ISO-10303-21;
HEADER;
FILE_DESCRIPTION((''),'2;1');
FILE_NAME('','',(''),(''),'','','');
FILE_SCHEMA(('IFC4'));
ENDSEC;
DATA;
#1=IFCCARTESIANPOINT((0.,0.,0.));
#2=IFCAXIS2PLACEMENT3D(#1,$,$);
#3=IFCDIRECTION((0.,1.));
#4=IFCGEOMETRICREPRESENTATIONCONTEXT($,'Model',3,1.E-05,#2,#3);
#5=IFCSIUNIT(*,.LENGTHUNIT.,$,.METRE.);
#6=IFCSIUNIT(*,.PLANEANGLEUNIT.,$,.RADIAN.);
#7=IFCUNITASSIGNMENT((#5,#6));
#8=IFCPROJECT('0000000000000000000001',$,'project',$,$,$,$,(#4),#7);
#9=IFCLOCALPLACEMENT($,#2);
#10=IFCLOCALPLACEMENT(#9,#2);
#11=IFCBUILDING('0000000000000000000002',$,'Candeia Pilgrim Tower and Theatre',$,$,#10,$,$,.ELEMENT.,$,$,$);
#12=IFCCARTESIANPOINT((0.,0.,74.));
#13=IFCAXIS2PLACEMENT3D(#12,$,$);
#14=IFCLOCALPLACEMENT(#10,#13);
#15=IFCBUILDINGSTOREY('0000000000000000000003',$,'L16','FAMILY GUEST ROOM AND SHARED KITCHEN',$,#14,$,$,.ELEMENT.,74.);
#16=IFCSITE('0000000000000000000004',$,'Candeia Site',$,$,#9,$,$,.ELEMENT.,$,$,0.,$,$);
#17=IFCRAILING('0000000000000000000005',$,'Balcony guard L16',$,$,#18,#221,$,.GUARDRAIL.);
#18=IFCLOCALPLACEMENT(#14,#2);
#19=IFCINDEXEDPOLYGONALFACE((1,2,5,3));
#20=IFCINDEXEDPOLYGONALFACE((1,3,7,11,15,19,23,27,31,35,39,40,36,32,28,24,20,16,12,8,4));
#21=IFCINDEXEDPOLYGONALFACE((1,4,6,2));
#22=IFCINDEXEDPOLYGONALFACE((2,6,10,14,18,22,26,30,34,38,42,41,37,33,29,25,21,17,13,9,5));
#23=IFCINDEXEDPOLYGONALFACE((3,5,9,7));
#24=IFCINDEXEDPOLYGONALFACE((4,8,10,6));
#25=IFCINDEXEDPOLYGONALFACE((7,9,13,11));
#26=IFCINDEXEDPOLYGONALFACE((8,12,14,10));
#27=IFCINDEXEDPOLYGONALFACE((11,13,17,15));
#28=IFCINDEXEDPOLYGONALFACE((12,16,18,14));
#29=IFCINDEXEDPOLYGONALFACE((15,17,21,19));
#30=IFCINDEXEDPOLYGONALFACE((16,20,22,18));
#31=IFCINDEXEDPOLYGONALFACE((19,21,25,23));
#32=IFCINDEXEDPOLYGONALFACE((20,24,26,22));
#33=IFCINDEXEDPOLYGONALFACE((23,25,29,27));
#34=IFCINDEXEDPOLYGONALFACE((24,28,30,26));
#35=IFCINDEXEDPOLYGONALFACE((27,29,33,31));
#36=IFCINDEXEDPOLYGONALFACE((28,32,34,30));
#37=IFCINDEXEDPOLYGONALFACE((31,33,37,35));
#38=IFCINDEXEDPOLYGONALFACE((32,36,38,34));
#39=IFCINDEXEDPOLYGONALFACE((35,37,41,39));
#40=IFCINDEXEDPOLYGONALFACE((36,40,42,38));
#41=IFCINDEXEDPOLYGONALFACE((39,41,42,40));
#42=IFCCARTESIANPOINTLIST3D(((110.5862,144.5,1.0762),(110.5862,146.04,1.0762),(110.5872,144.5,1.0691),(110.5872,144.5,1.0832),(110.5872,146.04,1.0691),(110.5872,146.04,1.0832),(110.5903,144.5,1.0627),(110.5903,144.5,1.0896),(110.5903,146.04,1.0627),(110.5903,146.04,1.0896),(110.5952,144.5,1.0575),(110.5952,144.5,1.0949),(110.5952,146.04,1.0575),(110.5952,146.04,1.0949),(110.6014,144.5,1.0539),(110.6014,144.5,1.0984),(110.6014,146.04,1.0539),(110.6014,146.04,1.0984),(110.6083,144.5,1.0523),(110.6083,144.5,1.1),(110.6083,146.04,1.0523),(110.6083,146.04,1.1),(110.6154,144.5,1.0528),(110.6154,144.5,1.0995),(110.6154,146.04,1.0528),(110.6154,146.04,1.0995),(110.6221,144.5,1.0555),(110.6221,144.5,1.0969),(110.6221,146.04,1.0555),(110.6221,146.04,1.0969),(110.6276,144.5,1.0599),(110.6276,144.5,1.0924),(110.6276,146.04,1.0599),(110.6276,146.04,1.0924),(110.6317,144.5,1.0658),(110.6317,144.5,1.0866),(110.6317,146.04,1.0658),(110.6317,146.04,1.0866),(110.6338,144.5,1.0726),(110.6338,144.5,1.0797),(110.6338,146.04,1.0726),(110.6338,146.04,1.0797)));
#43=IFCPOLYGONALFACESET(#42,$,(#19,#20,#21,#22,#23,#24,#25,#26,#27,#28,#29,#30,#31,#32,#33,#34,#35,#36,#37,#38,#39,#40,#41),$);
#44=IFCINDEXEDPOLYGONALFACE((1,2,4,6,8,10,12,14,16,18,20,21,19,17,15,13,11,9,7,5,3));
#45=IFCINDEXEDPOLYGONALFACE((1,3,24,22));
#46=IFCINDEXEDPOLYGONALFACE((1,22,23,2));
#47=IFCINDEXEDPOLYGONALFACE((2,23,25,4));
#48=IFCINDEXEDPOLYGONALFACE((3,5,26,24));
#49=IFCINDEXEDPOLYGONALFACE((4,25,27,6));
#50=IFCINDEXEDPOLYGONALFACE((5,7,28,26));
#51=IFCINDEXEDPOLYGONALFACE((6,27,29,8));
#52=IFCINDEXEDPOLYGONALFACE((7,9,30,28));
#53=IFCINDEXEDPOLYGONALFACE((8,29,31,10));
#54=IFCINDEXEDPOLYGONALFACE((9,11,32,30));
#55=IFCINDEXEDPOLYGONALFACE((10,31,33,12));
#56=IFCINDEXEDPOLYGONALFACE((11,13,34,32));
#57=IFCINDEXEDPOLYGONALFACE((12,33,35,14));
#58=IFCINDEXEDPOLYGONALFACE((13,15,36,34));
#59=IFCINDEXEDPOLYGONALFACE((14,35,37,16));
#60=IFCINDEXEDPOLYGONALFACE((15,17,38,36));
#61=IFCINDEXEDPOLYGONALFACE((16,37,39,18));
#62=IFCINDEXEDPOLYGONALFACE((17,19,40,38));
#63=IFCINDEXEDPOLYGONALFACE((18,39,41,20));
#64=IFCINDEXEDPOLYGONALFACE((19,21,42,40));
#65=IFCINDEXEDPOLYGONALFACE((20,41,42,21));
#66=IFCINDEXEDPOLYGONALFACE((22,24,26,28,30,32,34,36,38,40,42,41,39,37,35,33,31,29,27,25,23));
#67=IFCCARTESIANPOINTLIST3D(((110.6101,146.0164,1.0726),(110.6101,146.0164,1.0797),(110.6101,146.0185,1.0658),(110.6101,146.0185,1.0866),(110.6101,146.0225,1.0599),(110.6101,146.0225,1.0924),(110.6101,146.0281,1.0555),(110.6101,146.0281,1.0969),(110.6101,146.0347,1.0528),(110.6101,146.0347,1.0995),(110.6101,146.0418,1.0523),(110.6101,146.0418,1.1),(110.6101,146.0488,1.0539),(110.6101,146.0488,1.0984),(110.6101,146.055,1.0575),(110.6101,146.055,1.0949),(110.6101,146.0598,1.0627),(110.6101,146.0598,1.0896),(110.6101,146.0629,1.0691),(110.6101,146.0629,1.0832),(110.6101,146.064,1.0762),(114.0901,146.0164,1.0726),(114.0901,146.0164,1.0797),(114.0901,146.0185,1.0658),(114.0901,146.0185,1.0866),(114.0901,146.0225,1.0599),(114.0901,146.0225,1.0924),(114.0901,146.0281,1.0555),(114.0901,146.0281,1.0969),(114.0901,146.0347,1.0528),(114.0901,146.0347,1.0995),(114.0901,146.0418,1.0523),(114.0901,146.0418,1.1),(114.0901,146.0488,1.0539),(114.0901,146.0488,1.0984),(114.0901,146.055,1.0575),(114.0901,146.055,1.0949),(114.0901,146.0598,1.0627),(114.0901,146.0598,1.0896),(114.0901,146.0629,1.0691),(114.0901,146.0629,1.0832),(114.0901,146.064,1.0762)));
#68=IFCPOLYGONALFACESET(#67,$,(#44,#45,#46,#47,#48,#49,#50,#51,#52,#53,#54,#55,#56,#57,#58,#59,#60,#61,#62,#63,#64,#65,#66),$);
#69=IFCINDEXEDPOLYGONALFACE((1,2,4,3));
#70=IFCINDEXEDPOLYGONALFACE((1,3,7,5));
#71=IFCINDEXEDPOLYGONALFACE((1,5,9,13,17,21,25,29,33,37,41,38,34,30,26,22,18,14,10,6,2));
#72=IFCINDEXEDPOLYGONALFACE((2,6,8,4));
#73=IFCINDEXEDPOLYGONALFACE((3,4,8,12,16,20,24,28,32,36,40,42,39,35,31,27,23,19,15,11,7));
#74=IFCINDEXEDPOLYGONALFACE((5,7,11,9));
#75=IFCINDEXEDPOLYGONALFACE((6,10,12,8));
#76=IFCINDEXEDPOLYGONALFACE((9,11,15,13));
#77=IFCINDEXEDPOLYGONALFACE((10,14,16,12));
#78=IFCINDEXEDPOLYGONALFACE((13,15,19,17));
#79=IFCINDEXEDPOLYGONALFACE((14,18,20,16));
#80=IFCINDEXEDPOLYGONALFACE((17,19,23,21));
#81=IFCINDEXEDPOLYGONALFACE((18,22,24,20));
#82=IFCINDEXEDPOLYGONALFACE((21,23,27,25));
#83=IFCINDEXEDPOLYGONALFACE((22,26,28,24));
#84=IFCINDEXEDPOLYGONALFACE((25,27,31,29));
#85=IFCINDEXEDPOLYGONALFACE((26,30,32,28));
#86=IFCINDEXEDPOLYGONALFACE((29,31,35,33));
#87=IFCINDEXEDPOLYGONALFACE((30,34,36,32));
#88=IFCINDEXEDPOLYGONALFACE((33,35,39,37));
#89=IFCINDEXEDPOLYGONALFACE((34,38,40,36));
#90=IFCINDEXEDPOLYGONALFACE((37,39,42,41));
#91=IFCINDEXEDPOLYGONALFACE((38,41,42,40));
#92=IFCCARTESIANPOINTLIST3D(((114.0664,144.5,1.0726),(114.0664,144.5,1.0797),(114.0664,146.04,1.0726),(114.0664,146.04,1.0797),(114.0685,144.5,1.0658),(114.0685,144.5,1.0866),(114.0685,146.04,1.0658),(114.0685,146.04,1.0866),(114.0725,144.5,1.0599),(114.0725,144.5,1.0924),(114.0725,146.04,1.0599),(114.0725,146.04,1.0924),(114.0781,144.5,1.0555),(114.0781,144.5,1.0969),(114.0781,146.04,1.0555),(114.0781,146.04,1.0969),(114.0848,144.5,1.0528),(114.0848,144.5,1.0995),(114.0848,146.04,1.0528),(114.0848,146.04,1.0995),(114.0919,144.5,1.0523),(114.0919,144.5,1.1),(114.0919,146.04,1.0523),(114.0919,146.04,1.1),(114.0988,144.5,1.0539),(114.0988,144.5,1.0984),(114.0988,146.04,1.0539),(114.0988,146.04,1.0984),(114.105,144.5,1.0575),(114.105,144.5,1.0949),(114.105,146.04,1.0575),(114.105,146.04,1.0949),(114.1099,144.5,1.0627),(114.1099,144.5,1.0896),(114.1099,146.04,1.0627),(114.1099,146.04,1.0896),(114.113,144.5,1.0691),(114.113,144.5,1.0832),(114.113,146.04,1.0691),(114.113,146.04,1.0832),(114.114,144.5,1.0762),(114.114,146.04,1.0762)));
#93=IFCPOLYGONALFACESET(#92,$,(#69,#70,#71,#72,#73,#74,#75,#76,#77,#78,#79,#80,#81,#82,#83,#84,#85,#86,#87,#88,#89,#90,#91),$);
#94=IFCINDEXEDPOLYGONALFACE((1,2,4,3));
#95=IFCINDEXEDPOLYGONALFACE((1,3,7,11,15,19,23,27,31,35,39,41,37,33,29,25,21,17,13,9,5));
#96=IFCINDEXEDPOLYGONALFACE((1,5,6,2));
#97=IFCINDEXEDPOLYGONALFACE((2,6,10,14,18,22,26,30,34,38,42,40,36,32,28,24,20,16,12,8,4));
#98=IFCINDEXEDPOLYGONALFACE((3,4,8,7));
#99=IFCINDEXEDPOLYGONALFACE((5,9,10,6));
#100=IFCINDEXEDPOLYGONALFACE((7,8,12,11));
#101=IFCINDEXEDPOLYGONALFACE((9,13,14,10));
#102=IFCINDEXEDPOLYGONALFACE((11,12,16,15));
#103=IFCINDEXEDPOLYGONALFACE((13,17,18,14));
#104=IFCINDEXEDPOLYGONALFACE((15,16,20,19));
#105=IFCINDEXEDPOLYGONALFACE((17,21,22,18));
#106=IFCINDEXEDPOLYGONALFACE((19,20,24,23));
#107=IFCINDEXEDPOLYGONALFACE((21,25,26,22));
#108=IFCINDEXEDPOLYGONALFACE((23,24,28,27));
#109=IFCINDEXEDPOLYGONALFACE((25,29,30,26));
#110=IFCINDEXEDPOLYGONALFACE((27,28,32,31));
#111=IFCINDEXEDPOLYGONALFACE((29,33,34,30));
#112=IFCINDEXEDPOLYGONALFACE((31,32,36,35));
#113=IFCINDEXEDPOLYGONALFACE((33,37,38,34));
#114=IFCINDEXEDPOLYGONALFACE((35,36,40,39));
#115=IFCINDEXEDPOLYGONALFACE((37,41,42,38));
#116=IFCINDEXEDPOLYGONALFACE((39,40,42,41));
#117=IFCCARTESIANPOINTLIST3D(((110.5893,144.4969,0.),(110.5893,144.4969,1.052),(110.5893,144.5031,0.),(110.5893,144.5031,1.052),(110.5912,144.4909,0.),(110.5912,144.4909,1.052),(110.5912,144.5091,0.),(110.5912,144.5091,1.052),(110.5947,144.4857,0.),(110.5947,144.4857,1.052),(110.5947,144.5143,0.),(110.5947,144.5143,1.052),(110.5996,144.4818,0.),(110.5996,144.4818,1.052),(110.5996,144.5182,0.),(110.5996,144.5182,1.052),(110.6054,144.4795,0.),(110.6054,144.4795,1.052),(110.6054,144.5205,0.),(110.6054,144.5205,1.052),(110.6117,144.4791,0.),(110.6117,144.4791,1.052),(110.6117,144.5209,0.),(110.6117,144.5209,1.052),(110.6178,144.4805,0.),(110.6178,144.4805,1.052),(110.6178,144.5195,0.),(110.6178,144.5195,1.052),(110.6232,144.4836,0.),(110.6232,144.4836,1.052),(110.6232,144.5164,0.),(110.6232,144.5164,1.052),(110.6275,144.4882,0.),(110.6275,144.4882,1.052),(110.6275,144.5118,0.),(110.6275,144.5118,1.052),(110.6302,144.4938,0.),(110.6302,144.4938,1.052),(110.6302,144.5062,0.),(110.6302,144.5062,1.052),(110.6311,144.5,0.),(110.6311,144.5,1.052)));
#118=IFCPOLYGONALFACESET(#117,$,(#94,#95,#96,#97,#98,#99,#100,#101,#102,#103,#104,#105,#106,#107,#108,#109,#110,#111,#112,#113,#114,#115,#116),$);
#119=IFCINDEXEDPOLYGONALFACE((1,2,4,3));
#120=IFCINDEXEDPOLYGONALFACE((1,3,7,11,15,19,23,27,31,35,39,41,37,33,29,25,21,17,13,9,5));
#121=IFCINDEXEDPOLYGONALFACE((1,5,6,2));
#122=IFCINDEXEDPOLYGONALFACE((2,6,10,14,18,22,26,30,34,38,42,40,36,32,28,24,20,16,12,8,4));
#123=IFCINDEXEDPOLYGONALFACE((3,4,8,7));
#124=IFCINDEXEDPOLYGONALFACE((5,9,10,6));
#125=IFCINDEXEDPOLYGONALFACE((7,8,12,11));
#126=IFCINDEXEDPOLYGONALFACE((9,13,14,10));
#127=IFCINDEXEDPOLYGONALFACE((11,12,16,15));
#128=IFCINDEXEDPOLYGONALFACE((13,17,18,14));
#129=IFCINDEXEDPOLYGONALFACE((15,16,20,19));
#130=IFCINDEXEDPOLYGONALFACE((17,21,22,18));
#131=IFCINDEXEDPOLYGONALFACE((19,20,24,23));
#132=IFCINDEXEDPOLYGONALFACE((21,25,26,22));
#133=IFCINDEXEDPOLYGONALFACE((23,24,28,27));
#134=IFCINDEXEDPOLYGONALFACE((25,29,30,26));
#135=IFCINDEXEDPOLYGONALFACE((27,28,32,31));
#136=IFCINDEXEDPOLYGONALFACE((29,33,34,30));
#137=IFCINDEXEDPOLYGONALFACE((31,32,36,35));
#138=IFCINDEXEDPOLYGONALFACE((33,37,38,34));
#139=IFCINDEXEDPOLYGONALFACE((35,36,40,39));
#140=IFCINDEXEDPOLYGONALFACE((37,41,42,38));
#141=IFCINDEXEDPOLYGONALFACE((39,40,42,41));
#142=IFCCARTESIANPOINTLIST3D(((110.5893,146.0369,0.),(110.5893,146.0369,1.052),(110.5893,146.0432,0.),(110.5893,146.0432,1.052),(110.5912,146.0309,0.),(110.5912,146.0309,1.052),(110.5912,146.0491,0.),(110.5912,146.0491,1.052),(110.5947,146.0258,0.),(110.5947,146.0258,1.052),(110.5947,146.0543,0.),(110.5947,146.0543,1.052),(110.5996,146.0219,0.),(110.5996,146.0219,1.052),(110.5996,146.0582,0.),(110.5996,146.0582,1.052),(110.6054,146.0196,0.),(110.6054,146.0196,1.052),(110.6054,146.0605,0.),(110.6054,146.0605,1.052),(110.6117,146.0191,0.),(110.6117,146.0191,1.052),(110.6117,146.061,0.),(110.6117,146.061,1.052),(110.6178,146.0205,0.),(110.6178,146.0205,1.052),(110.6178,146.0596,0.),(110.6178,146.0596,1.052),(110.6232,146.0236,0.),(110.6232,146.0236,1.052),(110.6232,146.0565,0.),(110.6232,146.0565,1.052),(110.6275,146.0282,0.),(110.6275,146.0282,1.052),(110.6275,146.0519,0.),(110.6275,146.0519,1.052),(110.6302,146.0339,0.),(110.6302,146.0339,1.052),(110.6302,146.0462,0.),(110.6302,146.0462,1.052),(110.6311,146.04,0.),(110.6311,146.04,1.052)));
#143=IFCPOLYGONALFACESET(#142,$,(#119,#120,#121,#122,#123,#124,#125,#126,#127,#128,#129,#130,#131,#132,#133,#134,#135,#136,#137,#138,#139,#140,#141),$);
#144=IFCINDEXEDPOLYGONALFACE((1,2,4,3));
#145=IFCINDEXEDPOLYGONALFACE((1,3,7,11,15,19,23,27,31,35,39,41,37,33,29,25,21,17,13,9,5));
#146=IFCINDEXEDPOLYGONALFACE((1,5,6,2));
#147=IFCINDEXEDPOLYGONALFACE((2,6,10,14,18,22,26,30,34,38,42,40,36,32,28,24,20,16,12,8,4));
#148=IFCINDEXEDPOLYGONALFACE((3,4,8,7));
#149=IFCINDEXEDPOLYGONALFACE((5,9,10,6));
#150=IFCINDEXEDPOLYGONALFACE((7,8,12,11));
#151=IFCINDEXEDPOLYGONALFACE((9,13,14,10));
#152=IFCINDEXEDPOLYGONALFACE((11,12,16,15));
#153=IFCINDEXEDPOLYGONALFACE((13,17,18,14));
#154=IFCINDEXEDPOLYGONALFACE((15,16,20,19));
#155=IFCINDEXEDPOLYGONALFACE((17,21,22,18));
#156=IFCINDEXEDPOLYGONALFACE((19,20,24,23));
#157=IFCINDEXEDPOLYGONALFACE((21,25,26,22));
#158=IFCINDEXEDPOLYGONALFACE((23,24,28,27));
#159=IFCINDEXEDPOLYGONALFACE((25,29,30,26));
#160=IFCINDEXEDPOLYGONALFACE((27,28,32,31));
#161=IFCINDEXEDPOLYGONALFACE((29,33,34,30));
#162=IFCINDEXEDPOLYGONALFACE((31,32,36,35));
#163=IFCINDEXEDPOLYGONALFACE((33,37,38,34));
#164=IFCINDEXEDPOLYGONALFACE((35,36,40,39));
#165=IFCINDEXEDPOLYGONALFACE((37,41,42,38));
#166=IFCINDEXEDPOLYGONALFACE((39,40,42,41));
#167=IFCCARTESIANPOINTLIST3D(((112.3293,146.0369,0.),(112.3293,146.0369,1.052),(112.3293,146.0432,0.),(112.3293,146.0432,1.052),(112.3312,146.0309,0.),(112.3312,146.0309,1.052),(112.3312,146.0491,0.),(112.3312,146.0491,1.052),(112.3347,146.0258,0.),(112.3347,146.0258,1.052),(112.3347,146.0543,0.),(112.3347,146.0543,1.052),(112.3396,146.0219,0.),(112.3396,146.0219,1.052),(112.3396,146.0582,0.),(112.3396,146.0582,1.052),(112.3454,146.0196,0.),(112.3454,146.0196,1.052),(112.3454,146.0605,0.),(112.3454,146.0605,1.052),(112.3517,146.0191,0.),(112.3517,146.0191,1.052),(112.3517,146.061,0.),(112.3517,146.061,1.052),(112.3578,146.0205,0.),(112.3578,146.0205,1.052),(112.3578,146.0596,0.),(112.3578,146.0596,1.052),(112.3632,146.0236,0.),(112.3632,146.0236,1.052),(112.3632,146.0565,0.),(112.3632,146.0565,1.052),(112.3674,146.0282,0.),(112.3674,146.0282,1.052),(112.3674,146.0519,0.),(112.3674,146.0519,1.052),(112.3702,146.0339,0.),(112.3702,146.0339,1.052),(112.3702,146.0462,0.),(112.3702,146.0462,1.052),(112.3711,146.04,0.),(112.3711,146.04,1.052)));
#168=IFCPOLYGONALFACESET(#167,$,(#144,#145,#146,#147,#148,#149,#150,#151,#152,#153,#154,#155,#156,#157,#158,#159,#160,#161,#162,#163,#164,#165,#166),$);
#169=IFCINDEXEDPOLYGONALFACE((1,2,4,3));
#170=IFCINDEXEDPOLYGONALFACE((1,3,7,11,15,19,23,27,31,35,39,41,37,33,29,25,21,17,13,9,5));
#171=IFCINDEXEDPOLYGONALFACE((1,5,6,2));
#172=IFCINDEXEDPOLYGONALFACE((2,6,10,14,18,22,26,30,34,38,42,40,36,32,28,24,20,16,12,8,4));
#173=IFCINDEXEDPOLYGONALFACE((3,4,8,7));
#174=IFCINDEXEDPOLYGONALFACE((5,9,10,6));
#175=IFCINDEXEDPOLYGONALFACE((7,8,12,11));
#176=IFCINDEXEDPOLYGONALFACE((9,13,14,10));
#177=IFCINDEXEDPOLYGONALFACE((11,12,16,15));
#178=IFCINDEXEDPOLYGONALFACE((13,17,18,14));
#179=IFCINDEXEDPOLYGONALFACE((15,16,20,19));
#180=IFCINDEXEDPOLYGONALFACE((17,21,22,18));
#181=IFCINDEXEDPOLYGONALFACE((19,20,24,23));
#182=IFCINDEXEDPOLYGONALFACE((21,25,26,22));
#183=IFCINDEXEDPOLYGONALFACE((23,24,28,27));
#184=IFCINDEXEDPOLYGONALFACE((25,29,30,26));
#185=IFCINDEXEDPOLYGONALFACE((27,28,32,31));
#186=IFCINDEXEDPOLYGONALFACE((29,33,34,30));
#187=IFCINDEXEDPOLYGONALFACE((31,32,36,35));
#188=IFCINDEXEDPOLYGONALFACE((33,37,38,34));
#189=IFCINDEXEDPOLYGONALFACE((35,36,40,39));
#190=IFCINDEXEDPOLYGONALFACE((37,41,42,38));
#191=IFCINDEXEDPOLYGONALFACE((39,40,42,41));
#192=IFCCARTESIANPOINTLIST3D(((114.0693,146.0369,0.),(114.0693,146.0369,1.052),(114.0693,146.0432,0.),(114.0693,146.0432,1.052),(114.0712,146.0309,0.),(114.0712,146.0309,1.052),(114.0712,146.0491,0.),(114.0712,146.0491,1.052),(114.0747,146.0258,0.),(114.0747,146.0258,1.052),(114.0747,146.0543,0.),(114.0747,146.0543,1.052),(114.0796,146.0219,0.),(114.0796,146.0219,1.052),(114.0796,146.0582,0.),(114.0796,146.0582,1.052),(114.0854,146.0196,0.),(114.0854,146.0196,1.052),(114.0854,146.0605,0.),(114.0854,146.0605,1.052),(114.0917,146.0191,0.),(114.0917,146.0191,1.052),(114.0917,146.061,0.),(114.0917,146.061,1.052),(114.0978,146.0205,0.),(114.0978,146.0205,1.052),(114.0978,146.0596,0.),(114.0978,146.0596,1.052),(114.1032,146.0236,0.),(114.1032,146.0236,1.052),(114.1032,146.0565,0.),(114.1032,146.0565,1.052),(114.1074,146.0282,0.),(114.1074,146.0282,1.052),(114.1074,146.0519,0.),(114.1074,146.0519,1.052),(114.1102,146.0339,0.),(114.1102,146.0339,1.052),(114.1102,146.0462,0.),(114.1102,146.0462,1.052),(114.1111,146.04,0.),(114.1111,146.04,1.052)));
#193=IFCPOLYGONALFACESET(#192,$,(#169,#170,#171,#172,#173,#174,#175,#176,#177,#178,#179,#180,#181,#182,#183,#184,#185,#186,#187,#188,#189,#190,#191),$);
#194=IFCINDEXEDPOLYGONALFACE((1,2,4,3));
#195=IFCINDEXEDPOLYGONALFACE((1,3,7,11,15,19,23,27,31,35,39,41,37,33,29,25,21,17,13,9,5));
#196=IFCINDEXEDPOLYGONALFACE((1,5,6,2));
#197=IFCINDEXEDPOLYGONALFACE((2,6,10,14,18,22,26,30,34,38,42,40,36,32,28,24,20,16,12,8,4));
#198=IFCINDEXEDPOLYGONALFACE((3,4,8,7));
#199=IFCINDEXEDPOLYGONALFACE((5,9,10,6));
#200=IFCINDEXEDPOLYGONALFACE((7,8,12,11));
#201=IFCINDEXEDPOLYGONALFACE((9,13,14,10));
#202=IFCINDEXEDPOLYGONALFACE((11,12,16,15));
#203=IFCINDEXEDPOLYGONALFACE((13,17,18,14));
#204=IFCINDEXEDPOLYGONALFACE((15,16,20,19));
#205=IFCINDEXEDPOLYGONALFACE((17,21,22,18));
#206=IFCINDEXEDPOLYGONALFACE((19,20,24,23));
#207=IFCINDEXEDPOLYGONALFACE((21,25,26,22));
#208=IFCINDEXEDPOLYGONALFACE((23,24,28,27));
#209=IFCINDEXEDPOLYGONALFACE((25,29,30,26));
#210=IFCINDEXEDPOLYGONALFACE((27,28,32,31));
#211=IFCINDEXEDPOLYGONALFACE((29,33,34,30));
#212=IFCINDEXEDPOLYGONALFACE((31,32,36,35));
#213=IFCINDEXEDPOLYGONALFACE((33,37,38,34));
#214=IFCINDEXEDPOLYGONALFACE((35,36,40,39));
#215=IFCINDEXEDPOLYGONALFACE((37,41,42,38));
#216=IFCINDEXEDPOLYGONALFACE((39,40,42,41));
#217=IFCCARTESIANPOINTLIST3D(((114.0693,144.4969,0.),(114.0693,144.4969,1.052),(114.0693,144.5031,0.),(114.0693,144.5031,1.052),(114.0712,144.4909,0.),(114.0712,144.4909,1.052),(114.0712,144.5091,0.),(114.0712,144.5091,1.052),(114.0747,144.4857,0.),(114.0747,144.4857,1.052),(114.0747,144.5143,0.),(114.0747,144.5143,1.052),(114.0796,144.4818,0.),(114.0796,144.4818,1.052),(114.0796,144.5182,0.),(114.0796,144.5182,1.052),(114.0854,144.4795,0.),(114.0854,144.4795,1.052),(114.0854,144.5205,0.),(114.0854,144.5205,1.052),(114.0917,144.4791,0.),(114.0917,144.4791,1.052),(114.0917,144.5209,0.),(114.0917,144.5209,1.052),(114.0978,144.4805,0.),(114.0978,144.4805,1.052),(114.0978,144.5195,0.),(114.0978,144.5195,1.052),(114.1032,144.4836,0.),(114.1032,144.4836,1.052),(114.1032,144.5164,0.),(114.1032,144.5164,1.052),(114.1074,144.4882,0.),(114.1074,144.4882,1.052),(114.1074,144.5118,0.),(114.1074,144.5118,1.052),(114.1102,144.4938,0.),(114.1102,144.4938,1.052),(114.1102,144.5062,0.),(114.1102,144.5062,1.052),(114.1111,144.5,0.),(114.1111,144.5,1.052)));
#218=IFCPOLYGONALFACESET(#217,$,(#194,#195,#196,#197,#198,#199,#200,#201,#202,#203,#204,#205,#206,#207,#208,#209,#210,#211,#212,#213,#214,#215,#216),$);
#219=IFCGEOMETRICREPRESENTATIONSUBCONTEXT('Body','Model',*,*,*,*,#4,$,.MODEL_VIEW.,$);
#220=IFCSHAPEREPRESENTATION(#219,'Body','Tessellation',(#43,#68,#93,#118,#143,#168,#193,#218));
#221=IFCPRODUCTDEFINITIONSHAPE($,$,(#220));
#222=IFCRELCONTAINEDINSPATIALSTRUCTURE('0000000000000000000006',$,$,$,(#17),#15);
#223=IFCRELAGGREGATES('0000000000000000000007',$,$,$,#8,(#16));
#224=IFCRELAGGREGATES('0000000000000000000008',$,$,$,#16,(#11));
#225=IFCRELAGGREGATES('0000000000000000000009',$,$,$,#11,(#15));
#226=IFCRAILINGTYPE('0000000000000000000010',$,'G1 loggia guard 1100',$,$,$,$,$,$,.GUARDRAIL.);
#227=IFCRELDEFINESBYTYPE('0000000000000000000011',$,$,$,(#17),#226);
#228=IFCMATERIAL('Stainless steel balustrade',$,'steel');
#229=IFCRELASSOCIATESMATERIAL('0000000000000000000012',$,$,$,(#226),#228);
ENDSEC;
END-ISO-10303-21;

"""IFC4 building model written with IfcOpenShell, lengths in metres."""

from ifc_helpers import new_model, si_unit, direction, frame, origin, origin_2d, place, context, subcontext, project, spatial, circle, extrude, material, type_object, element, save


model = new_model("IFC4")

# Units and contexts
model_context = context("Model", 3, precision=1e-05, world=origin(), true_north=direction((0.0, 1.0)))
body_context = subcontext(model_context, "Body", "Model", "MODEL_VIEW")
ifc_project = project(units=[si_unit("LENGTHUNIT", "METRE"), si_unit("PLANEANGLEUNIT", "RADIAN")], contexts=[model_context])

# Site, building, storey
site_placement = place(None, origin())
site = spatial("IfcSite", under=ifc_project, at=site_placement, Name="Candeia Site", CompositionType="ELEMENT", RefElevation=0.0)
building_placement = place(site_placement, origin())
building = spatial("IfcBuilding", under=site, at=building_placement, Name="Candeia Pilgrim Tower and Theatre", CompositionType="ELEMENT")
storey_placement = place(building_placement, frame((0.0, 0.0, 74.0)))
storey = spatial("IfcBuildingStorey", under=building, at=storey_placement, Name="L16", Description="FAMILY GUEST ROOM AND SHARED KITCHEN", CompositionType="ELEMENT", Elevation=74.0)

# Railing
ifc_material_1 = material(Name="Stainless steel balustrade", Category="steel")
railing_type = type_object("IfcRailingType", Name="G1 loggia guard 1100", PredefinedType="GUARDRAIL", material=ifc_material_1)
railing_placement = place(storey_placement, frame((110.6101, 144.5, 0.0)))
element("IfcRailing", 1, at=railing_placement, inside=storey, type_object=railing_type, Name="Balcony guard L16", PredefinedType="GUARDRAIL", context=body_context, shape_type="SweptSolid", body=[
    extrude(circle(Radius=0.0239, at=origin_2d()), frame((0.0, 0.0, 1.0762), z_axis=(0.0, 1.0, 0.0), x_axis=(-1.0, 0.0, 0.0)), (0.0, 0.0, 1.0), 1.54),
    extrude(circle(Radius=0.0239, at=origin_2d()), frame((0.0, 1.54, 1.0762), z_axis=(1.0, 0.0, 0.0), x_axis=(0.0, 1.0, 0.0)), (0.0, 0.0, 1.0), 3.48),
    extrude(circle(Radius=0.0239, at=origin_2d()), frame((3.48, 1.54, 1.0762), z_axis=(0.0, -1.0, 0.0), x_axis=(1.0, 0.0, 0.0)), (0.0, 0.0, 1.0), 1.54),
    extrude(circle(Radius=0.021, at=origin_2d()), origin(), (0.0, 0.0, 1.0), 1.052),
    extrude(circle(Radius=0.021, at=origin_2d()), frame((0.0, 1.54, 0.0)), (0.0, 0.0, 1.0), 1.052),
    extrude(circle(Radius=0.021, at=origin_2d()), frame((1.74, 1.54, 0.0)), (0.0, 0.0, 1.0), 1.052),
    extrude(circle(Radius=0.021, at=origin_2d()), frame((3.48, 1.54, 0.0)), (0.0, 0.0, 1.0), 1.052),
    extrude(circle(Radius=0.021, at=origin_2d()), frame((3.48, 0.0, 0.0)), (0.0, 0.0, 1.0), 1.052),
])

save(model, "model.ifc")
